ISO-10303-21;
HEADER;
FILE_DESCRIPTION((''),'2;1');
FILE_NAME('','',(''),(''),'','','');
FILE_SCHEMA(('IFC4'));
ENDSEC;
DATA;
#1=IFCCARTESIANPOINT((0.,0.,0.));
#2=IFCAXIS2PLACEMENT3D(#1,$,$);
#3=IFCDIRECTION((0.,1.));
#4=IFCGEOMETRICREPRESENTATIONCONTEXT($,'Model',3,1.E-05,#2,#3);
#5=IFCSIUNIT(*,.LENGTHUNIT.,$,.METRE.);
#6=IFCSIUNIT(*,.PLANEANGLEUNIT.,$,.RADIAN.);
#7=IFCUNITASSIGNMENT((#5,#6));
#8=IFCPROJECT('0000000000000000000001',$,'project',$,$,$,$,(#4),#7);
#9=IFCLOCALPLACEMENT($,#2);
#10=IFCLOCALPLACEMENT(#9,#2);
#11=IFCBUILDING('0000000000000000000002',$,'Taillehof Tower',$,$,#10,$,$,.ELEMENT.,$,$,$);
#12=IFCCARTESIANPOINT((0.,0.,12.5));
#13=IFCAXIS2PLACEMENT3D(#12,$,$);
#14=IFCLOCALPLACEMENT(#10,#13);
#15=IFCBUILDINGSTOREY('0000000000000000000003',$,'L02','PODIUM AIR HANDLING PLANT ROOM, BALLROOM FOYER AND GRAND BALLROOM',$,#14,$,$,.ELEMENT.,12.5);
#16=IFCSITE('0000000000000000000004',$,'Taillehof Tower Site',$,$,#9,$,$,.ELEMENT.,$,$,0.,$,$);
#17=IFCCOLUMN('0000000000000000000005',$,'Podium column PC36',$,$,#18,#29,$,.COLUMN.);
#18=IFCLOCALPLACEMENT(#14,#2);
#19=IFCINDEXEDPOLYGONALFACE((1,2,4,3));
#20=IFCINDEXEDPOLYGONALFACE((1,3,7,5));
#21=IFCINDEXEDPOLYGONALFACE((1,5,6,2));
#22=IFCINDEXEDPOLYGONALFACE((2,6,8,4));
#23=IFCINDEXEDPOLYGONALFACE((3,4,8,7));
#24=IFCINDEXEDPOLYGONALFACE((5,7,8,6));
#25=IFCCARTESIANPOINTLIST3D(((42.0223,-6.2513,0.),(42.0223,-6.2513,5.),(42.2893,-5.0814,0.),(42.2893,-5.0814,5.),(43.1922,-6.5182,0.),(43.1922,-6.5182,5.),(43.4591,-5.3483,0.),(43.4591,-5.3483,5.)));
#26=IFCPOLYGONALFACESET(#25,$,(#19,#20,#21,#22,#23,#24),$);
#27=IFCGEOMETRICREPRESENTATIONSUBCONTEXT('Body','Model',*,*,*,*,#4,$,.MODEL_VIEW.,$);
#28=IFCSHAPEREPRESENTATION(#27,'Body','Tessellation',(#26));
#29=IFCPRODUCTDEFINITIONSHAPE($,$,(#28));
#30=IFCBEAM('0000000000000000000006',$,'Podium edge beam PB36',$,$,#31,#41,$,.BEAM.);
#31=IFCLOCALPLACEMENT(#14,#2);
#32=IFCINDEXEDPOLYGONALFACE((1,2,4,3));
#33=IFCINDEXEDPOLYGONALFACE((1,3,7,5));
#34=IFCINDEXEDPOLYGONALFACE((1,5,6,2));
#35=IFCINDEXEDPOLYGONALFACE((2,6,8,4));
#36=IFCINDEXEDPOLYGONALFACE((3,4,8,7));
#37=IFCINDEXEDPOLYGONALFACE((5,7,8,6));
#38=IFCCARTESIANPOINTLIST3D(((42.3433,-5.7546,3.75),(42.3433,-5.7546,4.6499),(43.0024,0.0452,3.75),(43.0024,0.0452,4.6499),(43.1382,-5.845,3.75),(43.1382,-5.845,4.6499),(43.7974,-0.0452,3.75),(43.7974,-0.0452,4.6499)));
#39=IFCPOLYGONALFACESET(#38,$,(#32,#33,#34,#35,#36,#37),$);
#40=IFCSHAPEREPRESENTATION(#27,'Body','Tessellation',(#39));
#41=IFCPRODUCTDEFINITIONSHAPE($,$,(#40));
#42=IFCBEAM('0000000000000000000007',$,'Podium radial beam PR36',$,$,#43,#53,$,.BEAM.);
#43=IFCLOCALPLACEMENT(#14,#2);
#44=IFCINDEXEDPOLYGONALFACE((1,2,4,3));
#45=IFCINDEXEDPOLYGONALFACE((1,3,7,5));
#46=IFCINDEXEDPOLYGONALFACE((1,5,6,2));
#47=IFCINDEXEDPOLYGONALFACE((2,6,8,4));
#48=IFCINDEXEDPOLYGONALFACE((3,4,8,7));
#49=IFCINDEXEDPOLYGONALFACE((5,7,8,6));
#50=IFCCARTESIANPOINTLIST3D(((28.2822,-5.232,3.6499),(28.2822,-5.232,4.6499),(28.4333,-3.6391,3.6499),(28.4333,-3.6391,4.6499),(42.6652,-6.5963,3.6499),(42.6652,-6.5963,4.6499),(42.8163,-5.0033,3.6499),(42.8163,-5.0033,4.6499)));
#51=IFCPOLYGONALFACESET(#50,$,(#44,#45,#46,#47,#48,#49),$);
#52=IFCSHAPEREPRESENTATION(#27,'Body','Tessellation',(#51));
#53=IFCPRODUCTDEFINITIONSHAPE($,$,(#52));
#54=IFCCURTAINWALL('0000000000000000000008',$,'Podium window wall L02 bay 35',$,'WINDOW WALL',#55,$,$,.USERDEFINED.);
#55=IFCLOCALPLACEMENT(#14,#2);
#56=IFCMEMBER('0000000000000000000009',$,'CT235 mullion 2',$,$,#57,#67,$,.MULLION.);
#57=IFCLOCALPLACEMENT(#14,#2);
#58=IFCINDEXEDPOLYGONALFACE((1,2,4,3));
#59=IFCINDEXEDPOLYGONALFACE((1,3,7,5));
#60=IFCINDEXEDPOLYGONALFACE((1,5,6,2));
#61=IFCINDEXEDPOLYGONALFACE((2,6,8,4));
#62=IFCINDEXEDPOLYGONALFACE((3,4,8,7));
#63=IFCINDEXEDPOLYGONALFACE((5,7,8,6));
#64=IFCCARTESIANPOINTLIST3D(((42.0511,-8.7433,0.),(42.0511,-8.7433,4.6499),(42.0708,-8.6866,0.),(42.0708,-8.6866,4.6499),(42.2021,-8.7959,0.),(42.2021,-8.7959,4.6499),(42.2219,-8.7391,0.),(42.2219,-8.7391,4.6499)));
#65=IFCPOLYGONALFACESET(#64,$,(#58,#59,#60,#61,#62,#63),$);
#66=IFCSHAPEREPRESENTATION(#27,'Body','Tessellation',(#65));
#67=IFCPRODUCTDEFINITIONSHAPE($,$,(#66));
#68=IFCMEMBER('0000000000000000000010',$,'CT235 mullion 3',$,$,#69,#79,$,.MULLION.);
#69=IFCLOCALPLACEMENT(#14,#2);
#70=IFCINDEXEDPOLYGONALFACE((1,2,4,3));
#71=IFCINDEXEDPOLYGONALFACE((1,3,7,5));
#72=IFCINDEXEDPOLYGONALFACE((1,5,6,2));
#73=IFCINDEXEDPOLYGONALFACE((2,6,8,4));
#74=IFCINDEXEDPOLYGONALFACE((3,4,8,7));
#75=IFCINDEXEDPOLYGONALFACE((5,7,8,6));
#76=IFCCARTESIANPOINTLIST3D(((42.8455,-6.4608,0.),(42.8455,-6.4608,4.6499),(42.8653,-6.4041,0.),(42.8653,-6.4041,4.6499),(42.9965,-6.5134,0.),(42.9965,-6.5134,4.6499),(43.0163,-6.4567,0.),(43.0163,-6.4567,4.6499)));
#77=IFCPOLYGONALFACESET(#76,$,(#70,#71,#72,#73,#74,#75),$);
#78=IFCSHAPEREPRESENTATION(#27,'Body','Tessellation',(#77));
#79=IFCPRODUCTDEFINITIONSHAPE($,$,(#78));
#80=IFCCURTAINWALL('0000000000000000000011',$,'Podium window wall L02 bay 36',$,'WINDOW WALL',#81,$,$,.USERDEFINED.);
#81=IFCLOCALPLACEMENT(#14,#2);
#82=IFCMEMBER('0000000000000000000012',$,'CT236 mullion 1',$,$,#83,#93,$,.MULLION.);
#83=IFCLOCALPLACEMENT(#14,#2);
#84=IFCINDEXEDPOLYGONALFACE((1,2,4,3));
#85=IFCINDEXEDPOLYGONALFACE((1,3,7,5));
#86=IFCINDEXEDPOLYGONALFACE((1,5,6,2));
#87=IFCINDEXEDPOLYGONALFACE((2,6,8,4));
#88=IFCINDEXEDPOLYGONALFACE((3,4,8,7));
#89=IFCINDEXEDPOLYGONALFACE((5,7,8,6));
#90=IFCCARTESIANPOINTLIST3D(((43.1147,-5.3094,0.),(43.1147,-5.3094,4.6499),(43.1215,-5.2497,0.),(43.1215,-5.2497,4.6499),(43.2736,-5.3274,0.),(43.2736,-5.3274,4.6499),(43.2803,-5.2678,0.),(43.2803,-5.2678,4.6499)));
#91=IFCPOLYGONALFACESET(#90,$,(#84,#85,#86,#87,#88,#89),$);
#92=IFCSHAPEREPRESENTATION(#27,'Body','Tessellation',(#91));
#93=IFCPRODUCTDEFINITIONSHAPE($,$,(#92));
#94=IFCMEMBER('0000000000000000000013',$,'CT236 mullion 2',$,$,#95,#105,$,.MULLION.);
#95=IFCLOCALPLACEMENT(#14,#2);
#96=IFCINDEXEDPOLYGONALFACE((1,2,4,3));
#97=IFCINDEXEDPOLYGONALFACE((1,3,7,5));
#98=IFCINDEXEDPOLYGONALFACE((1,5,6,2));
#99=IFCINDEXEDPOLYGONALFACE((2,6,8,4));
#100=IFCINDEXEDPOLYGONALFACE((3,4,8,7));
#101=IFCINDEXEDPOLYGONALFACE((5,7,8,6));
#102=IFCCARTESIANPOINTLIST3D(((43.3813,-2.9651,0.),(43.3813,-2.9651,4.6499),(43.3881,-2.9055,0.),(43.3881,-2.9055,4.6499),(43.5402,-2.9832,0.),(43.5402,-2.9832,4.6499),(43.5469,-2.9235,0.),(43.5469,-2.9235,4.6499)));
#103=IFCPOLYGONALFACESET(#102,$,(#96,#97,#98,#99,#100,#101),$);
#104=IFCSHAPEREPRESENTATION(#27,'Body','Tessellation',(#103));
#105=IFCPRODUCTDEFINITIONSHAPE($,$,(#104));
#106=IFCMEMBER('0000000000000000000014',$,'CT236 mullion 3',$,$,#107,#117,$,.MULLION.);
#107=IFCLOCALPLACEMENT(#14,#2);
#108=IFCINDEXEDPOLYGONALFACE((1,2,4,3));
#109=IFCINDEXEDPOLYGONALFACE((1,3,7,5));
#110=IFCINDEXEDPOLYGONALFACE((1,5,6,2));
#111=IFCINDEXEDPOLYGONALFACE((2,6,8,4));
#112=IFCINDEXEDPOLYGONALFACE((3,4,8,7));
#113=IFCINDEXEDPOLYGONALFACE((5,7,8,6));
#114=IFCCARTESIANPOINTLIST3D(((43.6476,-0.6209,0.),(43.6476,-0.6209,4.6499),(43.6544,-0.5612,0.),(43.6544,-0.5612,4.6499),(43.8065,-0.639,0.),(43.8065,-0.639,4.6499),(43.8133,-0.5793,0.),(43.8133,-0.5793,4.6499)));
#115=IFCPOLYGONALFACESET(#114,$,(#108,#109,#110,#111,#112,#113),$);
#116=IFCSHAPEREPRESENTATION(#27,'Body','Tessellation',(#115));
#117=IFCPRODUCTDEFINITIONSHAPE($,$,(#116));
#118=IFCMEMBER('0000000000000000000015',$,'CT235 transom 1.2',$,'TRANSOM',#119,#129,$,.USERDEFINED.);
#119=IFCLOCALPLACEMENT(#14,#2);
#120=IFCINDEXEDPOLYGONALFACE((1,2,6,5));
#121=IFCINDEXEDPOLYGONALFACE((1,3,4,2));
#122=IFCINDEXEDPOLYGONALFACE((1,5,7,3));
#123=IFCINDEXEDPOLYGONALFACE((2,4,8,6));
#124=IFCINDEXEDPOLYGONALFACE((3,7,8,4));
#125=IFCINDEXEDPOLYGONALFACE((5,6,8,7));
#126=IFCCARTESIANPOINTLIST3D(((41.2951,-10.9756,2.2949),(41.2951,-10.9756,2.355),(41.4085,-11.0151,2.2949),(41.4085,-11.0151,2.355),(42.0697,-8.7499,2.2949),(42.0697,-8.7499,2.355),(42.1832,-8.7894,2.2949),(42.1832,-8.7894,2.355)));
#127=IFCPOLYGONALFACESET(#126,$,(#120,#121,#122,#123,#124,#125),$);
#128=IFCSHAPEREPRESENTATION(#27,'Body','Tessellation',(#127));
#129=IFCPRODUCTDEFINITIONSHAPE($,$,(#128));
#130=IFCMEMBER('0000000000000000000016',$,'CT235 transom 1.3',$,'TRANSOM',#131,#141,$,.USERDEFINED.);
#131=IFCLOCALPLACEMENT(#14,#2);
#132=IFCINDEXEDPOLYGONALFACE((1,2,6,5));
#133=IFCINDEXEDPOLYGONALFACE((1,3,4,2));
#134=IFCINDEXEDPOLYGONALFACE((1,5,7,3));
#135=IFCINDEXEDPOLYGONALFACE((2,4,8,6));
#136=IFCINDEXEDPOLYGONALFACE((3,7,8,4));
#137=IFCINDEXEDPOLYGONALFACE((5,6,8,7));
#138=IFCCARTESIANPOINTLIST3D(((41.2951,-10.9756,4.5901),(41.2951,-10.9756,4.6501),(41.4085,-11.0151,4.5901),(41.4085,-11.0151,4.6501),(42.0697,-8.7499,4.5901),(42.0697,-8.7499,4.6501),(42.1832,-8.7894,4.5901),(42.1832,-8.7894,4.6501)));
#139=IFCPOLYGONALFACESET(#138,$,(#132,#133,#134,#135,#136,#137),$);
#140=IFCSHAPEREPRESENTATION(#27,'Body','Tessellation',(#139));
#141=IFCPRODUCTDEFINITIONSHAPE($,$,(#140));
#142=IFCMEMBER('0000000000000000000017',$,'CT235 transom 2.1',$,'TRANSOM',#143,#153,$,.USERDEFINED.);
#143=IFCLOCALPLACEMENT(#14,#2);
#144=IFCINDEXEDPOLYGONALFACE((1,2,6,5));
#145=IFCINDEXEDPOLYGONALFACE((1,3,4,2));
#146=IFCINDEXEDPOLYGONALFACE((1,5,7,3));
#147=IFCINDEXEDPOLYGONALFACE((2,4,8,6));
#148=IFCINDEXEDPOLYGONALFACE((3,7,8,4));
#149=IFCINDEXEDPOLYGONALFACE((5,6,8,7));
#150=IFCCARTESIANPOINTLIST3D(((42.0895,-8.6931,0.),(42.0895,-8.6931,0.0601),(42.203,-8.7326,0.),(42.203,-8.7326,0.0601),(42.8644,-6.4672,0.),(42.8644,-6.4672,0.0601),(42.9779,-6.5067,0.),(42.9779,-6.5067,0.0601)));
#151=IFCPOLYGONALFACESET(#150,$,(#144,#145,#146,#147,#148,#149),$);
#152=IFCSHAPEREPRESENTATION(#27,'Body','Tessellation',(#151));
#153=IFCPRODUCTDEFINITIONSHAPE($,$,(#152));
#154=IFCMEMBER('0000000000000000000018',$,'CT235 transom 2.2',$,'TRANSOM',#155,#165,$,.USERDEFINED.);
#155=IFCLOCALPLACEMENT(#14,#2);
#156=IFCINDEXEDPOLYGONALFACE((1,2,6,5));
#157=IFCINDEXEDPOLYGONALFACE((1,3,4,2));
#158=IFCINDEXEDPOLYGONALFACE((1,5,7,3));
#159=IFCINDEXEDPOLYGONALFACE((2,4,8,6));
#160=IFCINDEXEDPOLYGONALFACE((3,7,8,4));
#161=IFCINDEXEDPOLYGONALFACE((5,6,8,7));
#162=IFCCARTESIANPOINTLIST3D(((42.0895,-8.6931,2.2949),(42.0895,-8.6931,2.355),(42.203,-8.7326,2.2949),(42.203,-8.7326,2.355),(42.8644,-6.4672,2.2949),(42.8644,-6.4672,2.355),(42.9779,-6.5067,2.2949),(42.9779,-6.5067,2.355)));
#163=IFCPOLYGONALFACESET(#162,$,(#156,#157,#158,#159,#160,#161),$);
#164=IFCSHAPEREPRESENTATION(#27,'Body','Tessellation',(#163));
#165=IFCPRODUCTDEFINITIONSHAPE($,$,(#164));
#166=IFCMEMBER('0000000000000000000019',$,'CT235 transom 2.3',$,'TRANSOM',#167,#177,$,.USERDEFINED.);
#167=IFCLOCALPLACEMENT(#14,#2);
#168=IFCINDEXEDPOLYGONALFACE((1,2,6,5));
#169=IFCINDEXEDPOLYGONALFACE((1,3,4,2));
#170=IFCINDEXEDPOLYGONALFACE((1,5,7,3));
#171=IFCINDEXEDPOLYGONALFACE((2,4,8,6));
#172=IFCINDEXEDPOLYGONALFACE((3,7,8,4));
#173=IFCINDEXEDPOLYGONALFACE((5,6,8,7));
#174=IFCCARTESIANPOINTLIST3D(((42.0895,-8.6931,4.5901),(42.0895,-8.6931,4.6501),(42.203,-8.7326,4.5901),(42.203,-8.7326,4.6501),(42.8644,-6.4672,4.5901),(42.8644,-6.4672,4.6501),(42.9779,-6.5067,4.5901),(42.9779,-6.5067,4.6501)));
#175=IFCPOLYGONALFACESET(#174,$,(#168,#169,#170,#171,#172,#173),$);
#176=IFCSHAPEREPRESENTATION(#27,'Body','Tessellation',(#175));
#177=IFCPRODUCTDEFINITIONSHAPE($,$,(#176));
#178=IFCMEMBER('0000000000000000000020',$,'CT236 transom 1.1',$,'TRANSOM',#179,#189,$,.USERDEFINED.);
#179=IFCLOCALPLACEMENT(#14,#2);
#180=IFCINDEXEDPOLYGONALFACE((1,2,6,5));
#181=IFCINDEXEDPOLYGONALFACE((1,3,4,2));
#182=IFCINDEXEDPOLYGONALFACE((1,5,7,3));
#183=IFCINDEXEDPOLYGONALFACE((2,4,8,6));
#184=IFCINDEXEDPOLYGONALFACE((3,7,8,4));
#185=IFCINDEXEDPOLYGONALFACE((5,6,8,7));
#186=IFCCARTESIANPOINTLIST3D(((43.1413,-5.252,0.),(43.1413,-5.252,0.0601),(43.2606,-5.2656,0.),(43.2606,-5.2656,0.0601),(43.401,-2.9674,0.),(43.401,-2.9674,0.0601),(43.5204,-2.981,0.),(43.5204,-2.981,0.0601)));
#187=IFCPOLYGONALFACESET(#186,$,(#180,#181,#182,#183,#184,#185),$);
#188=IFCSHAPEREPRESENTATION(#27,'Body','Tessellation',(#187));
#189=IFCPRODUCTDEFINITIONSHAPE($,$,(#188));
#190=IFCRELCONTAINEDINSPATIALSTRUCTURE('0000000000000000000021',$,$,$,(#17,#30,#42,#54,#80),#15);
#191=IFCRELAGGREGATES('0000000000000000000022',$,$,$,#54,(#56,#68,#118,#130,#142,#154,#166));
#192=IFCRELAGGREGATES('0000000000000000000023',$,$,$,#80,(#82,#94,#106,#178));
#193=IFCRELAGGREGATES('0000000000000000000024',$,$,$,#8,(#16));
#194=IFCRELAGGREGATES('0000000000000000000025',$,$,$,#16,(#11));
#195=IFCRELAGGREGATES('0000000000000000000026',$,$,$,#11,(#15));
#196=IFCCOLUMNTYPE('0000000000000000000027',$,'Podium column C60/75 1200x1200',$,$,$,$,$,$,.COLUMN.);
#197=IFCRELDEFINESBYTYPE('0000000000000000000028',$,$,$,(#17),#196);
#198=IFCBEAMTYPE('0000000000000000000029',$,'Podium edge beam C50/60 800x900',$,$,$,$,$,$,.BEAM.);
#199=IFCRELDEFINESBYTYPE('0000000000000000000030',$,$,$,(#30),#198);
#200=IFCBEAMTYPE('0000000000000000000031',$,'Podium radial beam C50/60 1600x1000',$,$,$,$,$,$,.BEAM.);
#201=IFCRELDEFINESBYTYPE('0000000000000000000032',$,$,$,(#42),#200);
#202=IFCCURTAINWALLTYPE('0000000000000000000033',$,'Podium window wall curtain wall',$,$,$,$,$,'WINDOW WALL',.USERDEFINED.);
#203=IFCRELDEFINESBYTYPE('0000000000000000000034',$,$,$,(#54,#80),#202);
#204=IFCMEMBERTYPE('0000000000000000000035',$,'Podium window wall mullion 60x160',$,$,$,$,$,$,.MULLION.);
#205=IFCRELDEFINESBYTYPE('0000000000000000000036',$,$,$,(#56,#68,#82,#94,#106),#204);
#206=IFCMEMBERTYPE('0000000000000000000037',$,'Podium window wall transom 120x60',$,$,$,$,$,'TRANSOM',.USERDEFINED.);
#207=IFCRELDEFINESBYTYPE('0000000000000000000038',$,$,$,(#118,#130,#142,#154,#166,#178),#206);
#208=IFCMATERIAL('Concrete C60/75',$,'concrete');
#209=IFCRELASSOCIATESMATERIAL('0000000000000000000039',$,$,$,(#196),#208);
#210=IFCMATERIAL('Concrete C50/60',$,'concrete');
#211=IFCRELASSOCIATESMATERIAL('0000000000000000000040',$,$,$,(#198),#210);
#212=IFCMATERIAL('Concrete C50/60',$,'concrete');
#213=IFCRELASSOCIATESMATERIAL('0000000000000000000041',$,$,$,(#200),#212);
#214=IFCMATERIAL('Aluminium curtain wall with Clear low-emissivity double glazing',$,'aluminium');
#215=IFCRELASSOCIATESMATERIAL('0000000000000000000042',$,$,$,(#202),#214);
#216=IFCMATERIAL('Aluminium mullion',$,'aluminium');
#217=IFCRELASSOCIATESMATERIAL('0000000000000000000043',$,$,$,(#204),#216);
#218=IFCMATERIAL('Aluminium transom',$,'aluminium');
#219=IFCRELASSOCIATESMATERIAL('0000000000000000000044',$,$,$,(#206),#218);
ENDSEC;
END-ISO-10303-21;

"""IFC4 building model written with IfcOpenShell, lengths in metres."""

from ifc_helpers import new_model, si_unit, direction, frame, origin, origin_2d, place, context, subcontext, project, spatial, rectangle, extrude, material, material_profile, profile_set, type_object, element, aggregate, save


model = new_model("IFC4")

# Units and contexts
model_context = context("Model", 3, precision=1e-05, world=origin(), true_north=direction((0.0, 1.0)))
body_context = subcontext(model_context, "Body", "Model", "MODEL_VIEW")
ifc_project = project(units=[si_unit("LENGTHUNIT", "METRE"), si_unit("PLANEANGLEUNIT", "RADIAN")], contexts=[model_context])

# Site, building, storey
site_placement = place(None, origin())
site = spatial("IfcSite", under=ifc_project, at=site_placement, Name="Taillehof Tower Site", CompositionType="ELEMENT", RefElevation=0.0)
building_placement = place(site_placement, origin())
building = spatial("IfcBuilding", under=site, at=building_placement, Name="Taillehof Tower", CompositionType="ELEMENT")
storey_placement = place(building_placement, frame((0.0, 0.0, 12.5)))
storey = spatial("IfcBuildingStorey", under=building, at=storey_placement, Name="L02", Description="PODIUM AIR HANDLING PLANT ROOM, BALLROOM FOYER AND GRAND BALLROOM", CompositionType="ELEMENT", Elevation=12.5)

# Column
ifc_material_1 = material(Name="Concrete C60/75", Category="concrete")
ifc_material_profile_1 = material_profile(ifc_material_1, rectangle(XDim=1.2, YDim=1.2, at=origin_2d()), Name="RC 1200x1200")
ifc_profile_set_1 = profile_set([ifc_material_profile_1], Name="Concrete C60/75")
column_type = type_object("IfcColumnType", Name="Podium column C60/75 1200x1200", PredefinedType="COLUMN", material=ifc_profile_set_1)
column_placement = place(storey_placement, frame((42.7407, -5.7998, 0.0), z_axis=(0.0, 0.0, 1.0), x_axis=(0.97494, -0.222469, 0.0)))
element("IfcColumn", 1, at=column_placement, inside=storey, type_object=column_type, Name="Podium column PC36", PredefinedType="COLUMN", context=body_context, shape_type="SweptSolid", body=[
    extrude(rectangle(XDim=1.2, YDim=1.2, at=origin_2d()), origin(), (0.0, 0.0, 1.0), 5.0),
])

# Beams
ifc_material_2 = material(Name="Concrete C50/60", Category="concrete")
ifc_material_profile_2 = material_profile(ifc_material_2, rectangle(XDim=0.8, YDim=0.8999, at=origin_2d()), Name="RC 800x900")
ifc_profile_set_2 = profile_set([ifc_material_profile_2], Name="Concrete C50/60")
beam_type_1 = type_object("IfcBeamType", Name="Podium edge beam C50/60 800x900", PredefinedType="BEAM", material=ifc_profile_set_2)
beam_1_placement = place(storey_placement, frame((42.7407, -5.7998, 4.2), z_axis=(0.112928, 0.993603, 0.0), x_axis=(-0.993603, 0.112928, 0.0)))
element("IfcBeam", 2, at=beam_1_placement, inside=storey, type_object=beam_type_1, Name="Podium edge beam PB36", PredefinedType="BEAM", context=body_context, shape_type="SweptSolid", body=[
    extrude(rectangle(XDim=0.8, YDim=0.8999, at=origin_2d()), origin(), (0.0, 0.0, 1.0), 5.8372),
])
ifc_material_3 = material(Name="Concrete C50/60", Category="concrete")
ifc_material_profile_3 = material_profile(ifc_material_3, rectangle(XDim=1.6001, YDim=1.0, at=origin_2d()), Name="RC 1600x1000")
ifc_profile_set_3 = profile_set([ifc_material_profile_3], Name="Concrete C50/60")
beam_type_2 = type_object("IfcBeamType", Name="Podium radial beam C50/60 1600x1000", PredefinedType="BEAM", material=ifc_profile_set_3)
beam_2_placement = place(storey_placement, frame((42.7407, -5.7998, 4.1499), z_axis=(-0.995532, 0.094428, 0.0), x_axis=(-0.094428, -0.995532, 0.0)))
element("IfcBeam", 3, at=beam_2_placement, inside=storey, type_object=beam_type_2, Name="Podium radial beam PR36", PredefinedType="BEAM", context=body_context, shape_type="SweptSolid", body=[
    extrude(rectangle(XDim=1.6001, YDim=1.0, at=origin_2d()), origin(), (0.0, 0.0, 1.0), 14.4475),
])

# Curtain walls, members
ifc_material_4 = material(Name="Aluminium curtain wall with Clear low-emissivity double glazing", Category="aluminium")
curtain_wall_type = type_object("IfcCurtainWallType", Name="Podium window wall curtain wall", ElementType="WINDOW WALL", PredefinedType="USERDEFINED", material=ifc_material_4)
curtain_wall_1_placement = place(storey_placement, origin())
curtain_wall_1 = element("IfcCurtainWall", 4, at=curtain_wall_1_placement, inside=storey, type_object=curtain_wall_type, Name="Podium window wall L02 bay 35", ObjectType="WINDOW WALL", PredefinedType="USERDEFINED")
ifc_material_5 = material(Name="Aluminium mullion", Category="aluminium")
ifc_material_profile_4 = material_profile(ifc_material_5, rectangle(XDim=0.1599, YDim=0.0601, at=origin_2d()), Name="AL 60x160")
ifc_profile_set_4 = profile_set([ifc_material_profile_4], Name="Aluminium mullion")
member_type_1 = type_object("IfcMemberType", Name="Podium window wall mullion 60x160", PredefinedType="MULLION", material=ifc_profile_set_4)
member_1_placement = place(storey_placement, frame((42.1365, -8.7412, 0.0), z_axis=(0.0, 0.0, 1.0), x_axis=(-0.944414, 0.328758, 0.0)))
member_1 = element("IfcMember", 5, at=member_1_placement, type_object=member_type_1, Name="CT235 mullion 2", PredefinedType="MULLION", context=body_context, shape_type="SweptSolid", body=[
    extrude(rectangle(XDim=0.1599, YDim=0.0601, at=origin_2d()), origin(), (0.0, 0.0, 1.0), 4.6499),
])
member_2_placement = place(storey_placement, frame((42.9309, -6.4587, 0.0), z_axis=(0.0, 0.0, 1.0), x_axis=(-0.944414, 0.328758, 0.0)))
member_2 = element("IfcMember", 6, at=member_2_placement, type_object=member_type_1, Name="CT235 mullion 3", PredefinedType="MULLION", context=body_context, shape_type="SweptSolid", body=[
    extrude(rectangle(XDim=0.1599, YDim=0.0601, at=origin_2d()), origin(), (0.0, 0.0, 1.0), 4.6499),
])
curtain_wall_2_placement = place(storey_placement, origin())
curtain_wall_2 = element("IfcCurtainWall", 7, at=curtain_wall_2_placement, inside=storey, type_object=curtain_wall_type, Name="Podium window wall L02 bay 36", ObjectType="WINDOW WALL", PredefinedType="USERDEFINED")
member_3_placement = place(storey_placement, frame((43.1975, -5.2886, 0.0), z_axis=(0.0, 0.0, 1.0), x_axis=(-0.993603, 0.112932, 0.0)))
member_3 = element("IfcMember", 8, at=member_3_placement, type_object=member_type_1, Name="CT236 mullion 1", PredefinedType="MULLION", context=body_context, shape_type="SweptSolid", body=[
    extrude(rectangle(XDim=0.1599, YDim=0.0601, at=origin_2d()), origin(), (0.0, 0.0, 1.0), 4.6499),
])
member_4_placement = place(storey_placement, frame((43.4641, -2.9443, 0.0), z_axis=(0.0, 0.0, 1.0), x_axis=(-0.993603, 0.112932, 0.0)))
member_4 = element("IfcMember", 9, at=member_4_placement, type_object=member_type_1, Name="CT236 mullion 2", PredefinedType="MULLION", context=body_context, shape_type="SweptSolid", body=[
    extrude(rectangle(XDim=0.1599, YDim=0.0601, at=origin_2d()), origin(), (0.0, 0.0, 1.0), 4.6499),
])
member_5_placement = place(storey_placement, frame((43.7305, -0.6001, 0.0), z_axis=(0.0, 0.0, 1.0), x_axis=(-0.993603, 0.112932, 0.0)))
member_5 = element("IfcMember", 10, at=member_5_placement, type_object=member_type_1, Name="CT236 mullion 3", PredefinedType="MULLION", context=body_context, shape_type="SweptSolid", body=[
    extrude(rectangle(XDim=0.1599, YDim=0.0601, at=origin_2d()), origin(), (0.0, 0.0, 1.0), 4.6499),
])

# Members
ifc_material_6 = material(Name="Aluminium transom", Category="aluminium")
ifc_material_profile_5 = material_profile(ifc_material_6, rectangle(XDim=0.1201, YDim=0.0601, at=origin_2d()), Name="AL 120x60")
ifc_profile_set_5 = profile_set([ifc_material_profile_5], Name="Aluminium transom")
member_type_2 = type_object("IfcMemberType", Name="Podium window wall transom 120x60", ElementType="TRANSOM", PredefinedType="USERDEFINED", material=ifc_profile_set_5)
member_6_placement = place(storey_placement, frame((41.3518, -10.9954, 2.325), z_axis=(0.328693, 0.944437, 0.0), x_axis=(-0.944437, 0.328693, 0.0)))
member_6 = element("IfcMember", 11, at=member_6_placement, type_object=member_type_2, Name="CT235 transom 1.2", ObjectType="TRANSOM", PredefinedType="USERDEFINED", context=body_context, shape_type="SweptSolid", body=[
    extrude(rectangle(XDim=0.1201, YDim=0.0601, at=origin_2d()), origin(), (0.0, 0.0, 1.0), 2.3567),
])
member_7_placement = place(storey_placement, frame((41.3518, -10.9954, 4.6201), z_axis=(0.328693, 0.944437, 0.0), x_axis=(-0.944437, 0.328693, 0.0)))
member_7 = element("IfcMember", 12, at=member_7_placement, type_object=member_type_2, Name="CT235 transom 1.3", ObjectType="TRANSOM", PredefinedType="USERDEFINED", context=body_context, shape_type="SweptSolid", body=[
    extrude(rectangle(XDim=0.1201, YDim=0.0601, at=origin_2d()), origin(), (0.0, 0.0, 1.0), 2.3567),
])
member_8_placement = place(storey_placement, frame((42.1462, -8.7129, 0.03), z_axis=(0.328786, 0.944405, 0.0), x_axis=(-0.944405, 0.328786, 0.0)))
member_8 = element("IfcMember", 13, at=member_8_placement, type_object=member_type_2, Name="CT235 transom 2.1", ObjectType="TRANSOM", PredefinedType="USERDEFINED", context=body_context, shape_type="SweptSolid", body=[
    extrude(rectangle(XDim=0.1201, YDim=0.0601, at=origin_2d()), origin(), (0.0, 0.0, 1.0), 2.3569),
])
member_9_placement = place(storey_placement, frame((42.1462, -8.7129, 2.325), z_axis=(0.328786, 0.944405, 0.0), x_axis=(-0.944405, 0.328786, 0.0)))
member_9 = element("IfcMember", 14, at=member_9_placement, type_object=member_type_2, Name="CT235 transom 2.2", ObjectType="TRANSOM", PredefinedType="USERDEFINED", context=body_context, shape_type="SweptSolid", body=[
    extrude(rectangle(XDim=0.1201, YDim=0.0601, at=origin_2d()), origin(), (0.0, 0.0, 1.0), 2.3569),
])
member_10_placement = place(storey_placement, frame((42.1462, -8.7129, 4.6201), z_axis=(0.328786, 0.944405, 0.0), x_axis=(-0.944405, 0.328786, 0.0)))
member_10 = element("IfcMember", 15, at=member_10_placement, type_object=member_type_2, Name="CT235 transom 2.3", ObjectType="TRANSOM", PredefinedType="USERDEFINED", context=body_context, shape_type="SweptSolid", body=[
    extrude(rectangle(XDim=0.1201, YDim=0.0601, at=origin_2d()), origin(), (0.0, 0.0, 1.0), 2.3569),
])
member_11_placement = place(storey_placement, frame((43.2009, -5.2588, 0.03), z_axis=(0.112972, 0.993598, 0.0), x_axis=(-0.993598, 0.112972, 0.0)))
member_11 = element("IfcMember", 16, at=member_11_placement, type_object=member_type_2, Name="CT236 transom 1.1", ObjectType="TRANSOM", PredefinedType="USERDEFINED", context=body_context, shape_type="SweptSolid", body=[
    extrude(rectangle(XDim=0.1201, YDim=0.0601, at=origin_2d()), origin(), (0.0, 0.0, 1.0), 2.2993),
])

aggregate(curtain_wall_1, [member_1, member_2, member_6, member_7, member_8, member_9, member_10])
aggregate(curtain_wall_2, [member_3, member_4, member_5, member_11])

save(model, "model.ifc")
